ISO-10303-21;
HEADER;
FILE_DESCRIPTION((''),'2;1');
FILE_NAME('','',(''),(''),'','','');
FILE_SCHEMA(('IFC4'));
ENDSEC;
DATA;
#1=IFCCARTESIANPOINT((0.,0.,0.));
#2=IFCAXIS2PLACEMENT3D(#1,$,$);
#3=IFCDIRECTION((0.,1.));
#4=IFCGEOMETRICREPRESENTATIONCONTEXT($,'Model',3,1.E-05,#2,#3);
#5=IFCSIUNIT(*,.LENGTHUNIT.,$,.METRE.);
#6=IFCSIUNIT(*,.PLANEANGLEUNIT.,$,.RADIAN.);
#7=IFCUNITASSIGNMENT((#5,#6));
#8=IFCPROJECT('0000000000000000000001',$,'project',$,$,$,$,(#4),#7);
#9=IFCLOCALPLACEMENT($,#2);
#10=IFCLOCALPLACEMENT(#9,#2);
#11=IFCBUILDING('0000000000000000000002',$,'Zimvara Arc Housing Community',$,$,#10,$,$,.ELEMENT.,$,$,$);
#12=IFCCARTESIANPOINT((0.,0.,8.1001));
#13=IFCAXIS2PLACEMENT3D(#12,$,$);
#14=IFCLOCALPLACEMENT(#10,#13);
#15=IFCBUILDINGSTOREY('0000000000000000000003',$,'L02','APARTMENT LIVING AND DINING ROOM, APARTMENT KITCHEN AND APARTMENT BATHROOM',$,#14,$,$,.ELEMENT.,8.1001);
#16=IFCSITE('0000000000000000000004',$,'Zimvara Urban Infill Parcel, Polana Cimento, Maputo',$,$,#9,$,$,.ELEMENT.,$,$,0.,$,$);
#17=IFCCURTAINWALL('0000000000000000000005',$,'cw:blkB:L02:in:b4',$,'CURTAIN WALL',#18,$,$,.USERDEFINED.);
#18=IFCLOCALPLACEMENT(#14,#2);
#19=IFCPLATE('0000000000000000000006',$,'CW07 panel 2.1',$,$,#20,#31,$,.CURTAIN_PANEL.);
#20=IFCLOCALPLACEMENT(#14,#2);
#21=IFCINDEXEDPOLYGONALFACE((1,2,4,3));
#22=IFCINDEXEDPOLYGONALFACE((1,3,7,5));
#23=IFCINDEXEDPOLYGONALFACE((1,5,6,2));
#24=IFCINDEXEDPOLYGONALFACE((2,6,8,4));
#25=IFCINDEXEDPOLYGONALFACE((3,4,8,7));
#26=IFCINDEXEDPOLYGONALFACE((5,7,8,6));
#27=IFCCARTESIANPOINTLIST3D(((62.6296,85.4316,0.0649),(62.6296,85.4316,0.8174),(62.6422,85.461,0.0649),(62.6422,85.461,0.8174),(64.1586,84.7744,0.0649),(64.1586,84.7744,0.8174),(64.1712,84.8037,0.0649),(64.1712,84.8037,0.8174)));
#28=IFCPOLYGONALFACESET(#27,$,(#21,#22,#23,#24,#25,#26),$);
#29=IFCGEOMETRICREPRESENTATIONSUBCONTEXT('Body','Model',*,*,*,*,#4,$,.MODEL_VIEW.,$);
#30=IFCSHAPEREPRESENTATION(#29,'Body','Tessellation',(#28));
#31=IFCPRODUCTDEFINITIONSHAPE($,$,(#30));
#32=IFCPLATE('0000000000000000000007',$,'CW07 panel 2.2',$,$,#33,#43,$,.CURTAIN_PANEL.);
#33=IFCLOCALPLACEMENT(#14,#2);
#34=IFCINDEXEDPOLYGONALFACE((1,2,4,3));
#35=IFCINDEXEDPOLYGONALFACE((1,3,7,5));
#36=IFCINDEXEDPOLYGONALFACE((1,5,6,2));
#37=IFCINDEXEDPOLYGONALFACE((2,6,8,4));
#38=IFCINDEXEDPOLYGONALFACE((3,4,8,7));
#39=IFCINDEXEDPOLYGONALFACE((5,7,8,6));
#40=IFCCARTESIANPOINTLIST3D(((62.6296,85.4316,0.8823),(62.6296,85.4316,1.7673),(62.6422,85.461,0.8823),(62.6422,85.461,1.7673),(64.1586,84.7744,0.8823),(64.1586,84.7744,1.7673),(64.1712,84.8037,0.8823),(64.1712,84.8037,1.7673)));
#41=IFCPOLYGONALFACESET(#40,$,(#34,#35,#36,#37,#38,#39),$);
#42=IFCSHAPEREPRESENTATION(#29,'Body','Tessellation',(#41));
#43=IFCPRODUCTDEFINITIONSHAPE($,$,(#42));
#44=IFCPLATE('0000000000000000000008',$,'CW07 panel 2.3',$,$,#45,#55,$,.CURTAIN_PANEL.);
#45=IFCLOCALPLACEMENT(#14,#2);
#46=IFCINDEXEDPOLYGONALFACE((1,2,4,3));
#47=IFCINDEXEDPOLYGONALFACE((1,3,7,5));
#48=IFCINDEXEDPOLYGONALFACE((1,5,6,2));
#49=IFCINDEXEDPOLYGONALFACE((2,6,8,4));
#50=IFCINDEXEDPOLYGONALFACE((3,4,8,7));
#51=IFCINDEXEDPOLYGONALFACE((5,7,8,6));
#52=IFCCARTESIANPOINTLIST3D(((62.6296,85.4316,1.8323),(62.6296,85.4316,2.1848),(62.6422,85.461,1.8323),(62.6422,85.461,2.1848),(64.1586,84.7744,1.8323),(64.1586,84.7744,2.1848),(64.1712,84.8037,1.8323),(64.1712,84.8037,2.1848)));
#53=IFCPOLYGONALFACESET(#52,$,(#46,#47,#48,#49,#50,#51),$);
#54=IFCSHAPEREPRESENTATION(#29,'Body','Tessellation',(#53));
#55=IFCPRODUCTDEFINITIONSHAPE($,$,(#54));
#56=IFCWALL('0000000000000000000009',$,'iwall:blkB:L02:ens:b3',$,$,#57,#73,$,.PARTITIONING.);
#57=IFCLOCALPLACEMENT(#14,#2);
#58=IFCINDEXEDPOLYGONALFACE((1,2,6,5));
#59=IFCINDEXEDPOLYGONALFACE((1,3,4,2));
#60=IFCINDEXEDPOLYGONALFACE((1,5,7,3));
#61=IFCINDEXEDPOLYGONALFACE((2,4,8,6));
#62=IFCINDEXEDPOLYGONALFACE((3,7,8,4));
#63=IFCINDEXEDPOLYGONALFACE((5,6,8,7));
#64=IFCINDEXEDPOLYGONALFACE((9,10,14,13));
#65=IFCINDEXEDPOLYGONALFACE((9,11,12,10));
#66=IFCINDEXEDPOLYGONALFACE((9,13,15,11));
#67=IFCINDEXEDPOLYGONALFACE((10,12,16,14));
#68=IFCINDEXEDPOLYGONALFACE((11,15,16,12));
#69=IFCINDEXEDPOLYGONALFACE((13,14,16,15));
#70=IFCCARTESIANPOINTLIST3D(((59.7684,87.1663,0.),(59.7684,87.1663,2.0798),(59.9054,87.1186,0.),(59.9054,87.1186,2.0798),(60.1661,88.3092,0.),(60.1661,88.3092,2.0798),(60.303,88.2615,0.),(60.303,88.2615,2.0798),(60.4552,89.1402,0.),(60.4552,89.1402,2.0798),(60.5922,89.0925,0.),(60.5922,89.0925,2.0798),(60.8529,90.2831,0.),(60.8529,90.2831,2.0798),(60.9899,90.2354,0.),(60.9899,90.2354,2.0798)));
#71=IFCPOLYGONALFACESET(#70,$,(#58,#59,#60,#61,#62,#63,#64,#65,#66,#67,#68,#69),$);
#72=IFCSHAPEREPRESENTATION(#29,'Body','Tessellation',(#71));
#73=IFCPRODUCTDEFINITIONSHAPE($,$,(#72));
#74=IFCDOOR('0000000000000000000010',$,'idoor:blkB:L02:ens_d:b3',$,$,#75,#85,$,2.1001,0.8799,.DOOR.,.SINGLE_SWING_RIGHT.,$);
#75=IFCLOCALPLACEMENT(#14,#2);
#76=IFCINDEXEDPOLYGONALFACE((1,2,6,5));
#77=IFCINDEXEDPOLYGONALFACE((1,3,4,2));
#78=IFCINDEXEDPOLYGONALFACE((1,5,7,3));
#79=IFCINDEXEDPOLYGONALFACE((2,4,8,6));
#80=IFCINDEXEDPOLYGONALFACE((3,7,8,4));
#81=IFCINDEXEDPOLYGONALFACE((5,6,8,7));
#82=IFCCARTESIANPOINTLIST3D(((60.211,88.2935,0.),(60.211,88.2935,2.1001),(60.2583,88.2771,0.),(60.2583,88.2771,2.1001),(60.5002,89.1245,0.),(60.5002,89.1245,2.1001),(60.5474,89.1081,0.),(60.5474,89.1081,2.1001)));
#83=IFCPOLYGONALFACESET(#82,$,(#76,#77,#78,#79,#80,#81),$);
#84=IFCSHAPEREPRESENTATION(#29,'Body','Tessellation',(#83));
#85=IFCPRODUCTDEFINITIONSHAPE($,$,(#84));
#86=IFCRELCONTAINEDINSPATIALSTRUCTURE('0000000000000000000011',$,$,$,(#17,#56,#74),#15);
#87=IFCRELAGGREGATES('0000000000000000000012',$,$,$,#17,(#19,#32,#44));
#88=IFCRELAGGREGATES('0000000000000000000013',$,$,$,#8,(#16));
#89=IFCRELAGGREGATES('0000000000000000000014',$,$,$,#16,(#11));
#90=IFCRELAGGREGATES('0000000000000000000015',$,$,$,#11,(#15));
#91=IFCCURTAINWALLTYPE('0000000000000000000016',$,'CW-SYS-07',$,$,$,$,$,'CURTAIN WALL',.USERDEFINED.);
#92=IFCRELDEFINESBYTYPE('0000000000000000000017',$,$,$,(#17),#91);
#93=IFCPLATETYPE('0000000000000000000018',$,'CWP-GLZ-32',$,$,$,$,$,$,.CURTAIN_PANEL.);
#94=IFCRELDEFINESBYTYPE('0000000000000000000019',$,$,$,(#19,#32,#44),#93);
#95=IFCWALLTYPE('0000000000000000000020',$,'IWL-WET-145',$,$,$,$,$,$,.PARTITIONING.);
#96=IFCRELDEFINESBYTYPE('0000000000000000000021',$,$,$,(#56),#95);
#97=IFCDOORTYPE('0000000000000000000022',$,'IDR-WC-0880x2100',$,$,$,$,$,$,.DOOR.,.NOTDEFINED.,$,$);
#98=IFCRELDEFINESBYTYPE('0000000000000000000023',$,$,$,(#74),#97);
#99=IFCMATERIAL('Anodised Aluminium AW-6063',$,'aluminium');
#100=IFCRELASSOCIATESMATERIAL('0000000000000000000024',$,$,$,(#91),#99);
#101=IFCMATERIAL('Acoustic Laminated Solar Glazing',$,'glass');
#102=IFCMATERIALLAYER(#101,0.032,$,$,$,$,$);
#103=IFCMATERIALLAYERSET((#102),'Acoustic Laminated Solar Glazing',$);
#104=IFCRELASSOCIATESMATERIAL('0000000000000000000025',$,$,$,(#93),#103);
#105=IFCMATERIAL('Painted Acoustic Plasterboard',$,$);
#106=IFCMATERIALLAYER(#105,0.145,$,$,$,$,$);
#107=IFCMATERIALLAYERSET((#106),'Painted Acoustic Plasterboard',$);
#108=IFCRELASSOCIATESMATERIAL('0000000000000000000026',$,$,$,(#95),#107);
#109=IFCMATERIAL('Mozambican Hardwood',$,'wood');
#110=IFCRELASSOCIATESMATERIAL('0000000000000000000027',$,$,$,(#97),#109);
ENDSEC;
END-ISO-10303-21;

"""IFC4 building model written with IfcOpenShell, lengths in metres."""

from ifc_helpers import new_model, si_unit, direction, frame, frame_2d, origin, origin_2d, place, context, subcontext, project, spatial, rectangle, extrude, material, layer, layer_set, type_object, element, fill, aggregate, save


model = new_model("IFC4")

# Units and contexts
model_context = context("Model", 3, precision=1e-05, world=origin(), true_north=direction((0.0, 1.0)))
body_context = subcontext(model_context, "Body", "Model", "MODEL_VIEW")
ifc_project = project(units=[si_unit("LENGTHUNIT", "METRE"), si_unit("PLANEANGLEUNIT", "RADIAN")], contexts=[model_context])

# Site, building, storey
site_placement = place(None, origin())
site = spatial("IfcSite", under=ifc_project, at=site_placement, Name="Zimvara Urban Infill Parcel, Polana Cimento, Maputo", CompositionType="ELEMENT", RefElevation=0.0)
building_placement = place(site_placement, origin())
building = spatial("IfcBuilding", under=site, at=building_placement, Name="Zimvara Arc Housing Community", CompositionType="ELEMENT")
storey_placement = place(building_placement, frame((0.0, 0.0, 8.1001)))
storey = spatial("IfcBuildingStorey", under=building, at=storey_placement, Name="L02", Description="APARTMENT LIVING AND DINING ROOM, APARTMENT KITCHEN AND APARTMENT BATHROOM", CompositionType="ELEMENT", Elevation=8.1001)

# Curtain wall
ifc_material_1 = material(Name="Anodised Aluminium AW-6063", Category="aluminium")
curtain_wall_type_1 = type_object("IfcCurtainWallType", Name="CW-SYS-07", ElementType="CURTAIN WALL", PredefinedType="USERDEFINED", material=ifc_material_1)
curtain_wall_1_placement = place(storey_placement, origin())
curtain_wall_1 = element("IfcCurtainWall", 1, at=curtain_wall_1_placement, inside=storey, type_object=curtain_wall_type_1, Name="cw:blkB:L02:in:b4", ObjectType="CURTAIN WALL", PredefinedType="USERDEFINED")

# Plates
ifc_material_2 = material(Name="Acoustic Laminated Solar Glazing", Category="glass")
ifc_layer_1 = layer(ifc_material_2, 0.032)
ifc_layer_set_1 = layer_set([ifc_layer_1], Name="Acoustic Laminated Solar Glazing")
plate_type_1 = type_object("IfcPlateType", Name="CWP-GLZ-32", PredefinedType="CURTAIN_PANEL", material=ifc_layer_set_1)
plate_1_placement = place(storey_placement, frame((63.4004, 85.1177, 0.0649), z_axis=(0.0, 0.0, 1.0), x_axis=(0.918722, -0.394904, 0.0)))
plate_1 = element("IfcPlate", 2, at=plate_1_placement, type_object=plate_type_1, Name="CW07 panel 2.1", PredefinedType="CURTAIN_PANEL", context=body_context, shape_type="SweptSolid", body=[
    extrude(rectangle(XDim=1.6643, YDim=0.032, at=origin_2d()), origin(), (0.0, 0.0, 1.0), 0.7524),
])
plate_2_placement = place(storey_placement, frame((63.4004, 85.1177, 0.8823), z_axis=(0.0, 0.0, 1.0), x_axis=(0.918722, -0.394904, 0.0)))
plate_2 = element("IfcPlate", 3, at=plate_2_placement, type_object=plate_type_1, Name="CW07 panel 2.2", PredefinedType="CURTAIN_PANEL", context=body_context, shape_type="SweptSolid", body=[
    extrude(rectangle(XDim=1.6643, YDim=0.032, at=origin_2d()), origin(), (0.0, 0.0, 1.0), 0.885),
])
plate_3_placement = place(storey_placement, frame((63.4004, 85.1177, 1.8323), z_axis=(0.0, 0.0, 1.0), x_axis=(0.918722, -0.394904, 0.0)))
plate_3 = element("IfcPlate", 4, at=plate_3_placement, type_object=plate_type_1, Name="CW07 panel 2.3", PredefinedType="CURTAIN_PANEL", context=body_context, shape_type="SweptSolid", body=[
    extrude(rectangle(XDim=1.6643, YDim=0.032, at=origin_2d()), origin(), (0.0, 0.0, 1.0), 0.3525),
])
aggregate(curtain_wall_1, [plate_1, plate_2, plate_3])

# Wall, opening, door
ifc_material_3 = material(Name="Painted Acoustic Plasterboard")
ifc_layer_2 = layer(ifc_material_3, 0.145)
ifc_layer_set_2 = layer_set([ifc_layer_2], Name="Painted Acoustic Plasterboard")
wall_type = type_object("IfcWallType", Name="IWL-WET-145", PredefinedType="PARTITIONING", material=ifc_layer_set_2)
wall_placement = place(storey_placement, frame((59.8369, 87.1426, 0.0), z_axis=(0.0, 0.0, 1.0), x_axis=(0.32863, 0.944459, 0.0)))
wall = element("IfcWall", 5, at=wall_placement, inside=storey, type_object=wall_type, Name="iwall:blkB:L02:ens:b3", PredefinedType="PARTITIONING", context=body_context, shape_type="SweptSolid", body=[
    extrude(rectangle(XDim=3.3, YDim=0.145, at=frame_2d((1.6499, 0.0))), origin(), (0.0, 0.0, 1.0), 2.0798),
])
opening_placement = place(wall_placement, frame((1.21, 0.0, 0.0)))
opening = element("IfcOpeningElement", 6, at=opening_placement, cuts=wall, PredefinedType="OPENING", context=body_context, shape_type="SweptSolid", body=[
    extrude(rectangle(XDim=0.8799, YDim=2.1001, at=frame_2d((0.4399, 1.05))), frame((0.0, 0.0825, 0.0), z_axis=(0.0, -1.0, 0.0), x_axis=(1.0, 0.0, 0.0)), (0.0, 0.0, 1.0), 0.165),
])
ifc_material_4 = material(Name="Mozambican Hardwood", Category="wood")
door_type = type_object("IfcDoorType", Name="IDR-WC-0880x2100", OperationType="NOTDEFINED", PredefinedType="DOOR", material=ifc_material_4)
door_placement = place(opening_placement, origin())
door = element("IfcDoor", 7, at=door_placement, inside=storey, type_object=door_type, Name="idoor:blkB:L02:ens_d:b3", OperationType="SINGLE_SWING_RIGHT", OverallHeight=2.1001, OverallWidth=0.8799, PredefinedType="DOOR", context=body_context, shape_type="SweptSolid", body=[
    extrude(rectangle(XDim=0.8799, YDim=2.1001, at=frame_2d((0.4399, 1.05))), frame((0.0, 0.0249, 0.0), z_axis=(0.0, -1.0, 0.0), x_axis=(1.0, 0.0, 0.0)), (0.0, 0.0, 1.0), 0.05),
])
fill(opening, door)

save(model, "model.ifc")
